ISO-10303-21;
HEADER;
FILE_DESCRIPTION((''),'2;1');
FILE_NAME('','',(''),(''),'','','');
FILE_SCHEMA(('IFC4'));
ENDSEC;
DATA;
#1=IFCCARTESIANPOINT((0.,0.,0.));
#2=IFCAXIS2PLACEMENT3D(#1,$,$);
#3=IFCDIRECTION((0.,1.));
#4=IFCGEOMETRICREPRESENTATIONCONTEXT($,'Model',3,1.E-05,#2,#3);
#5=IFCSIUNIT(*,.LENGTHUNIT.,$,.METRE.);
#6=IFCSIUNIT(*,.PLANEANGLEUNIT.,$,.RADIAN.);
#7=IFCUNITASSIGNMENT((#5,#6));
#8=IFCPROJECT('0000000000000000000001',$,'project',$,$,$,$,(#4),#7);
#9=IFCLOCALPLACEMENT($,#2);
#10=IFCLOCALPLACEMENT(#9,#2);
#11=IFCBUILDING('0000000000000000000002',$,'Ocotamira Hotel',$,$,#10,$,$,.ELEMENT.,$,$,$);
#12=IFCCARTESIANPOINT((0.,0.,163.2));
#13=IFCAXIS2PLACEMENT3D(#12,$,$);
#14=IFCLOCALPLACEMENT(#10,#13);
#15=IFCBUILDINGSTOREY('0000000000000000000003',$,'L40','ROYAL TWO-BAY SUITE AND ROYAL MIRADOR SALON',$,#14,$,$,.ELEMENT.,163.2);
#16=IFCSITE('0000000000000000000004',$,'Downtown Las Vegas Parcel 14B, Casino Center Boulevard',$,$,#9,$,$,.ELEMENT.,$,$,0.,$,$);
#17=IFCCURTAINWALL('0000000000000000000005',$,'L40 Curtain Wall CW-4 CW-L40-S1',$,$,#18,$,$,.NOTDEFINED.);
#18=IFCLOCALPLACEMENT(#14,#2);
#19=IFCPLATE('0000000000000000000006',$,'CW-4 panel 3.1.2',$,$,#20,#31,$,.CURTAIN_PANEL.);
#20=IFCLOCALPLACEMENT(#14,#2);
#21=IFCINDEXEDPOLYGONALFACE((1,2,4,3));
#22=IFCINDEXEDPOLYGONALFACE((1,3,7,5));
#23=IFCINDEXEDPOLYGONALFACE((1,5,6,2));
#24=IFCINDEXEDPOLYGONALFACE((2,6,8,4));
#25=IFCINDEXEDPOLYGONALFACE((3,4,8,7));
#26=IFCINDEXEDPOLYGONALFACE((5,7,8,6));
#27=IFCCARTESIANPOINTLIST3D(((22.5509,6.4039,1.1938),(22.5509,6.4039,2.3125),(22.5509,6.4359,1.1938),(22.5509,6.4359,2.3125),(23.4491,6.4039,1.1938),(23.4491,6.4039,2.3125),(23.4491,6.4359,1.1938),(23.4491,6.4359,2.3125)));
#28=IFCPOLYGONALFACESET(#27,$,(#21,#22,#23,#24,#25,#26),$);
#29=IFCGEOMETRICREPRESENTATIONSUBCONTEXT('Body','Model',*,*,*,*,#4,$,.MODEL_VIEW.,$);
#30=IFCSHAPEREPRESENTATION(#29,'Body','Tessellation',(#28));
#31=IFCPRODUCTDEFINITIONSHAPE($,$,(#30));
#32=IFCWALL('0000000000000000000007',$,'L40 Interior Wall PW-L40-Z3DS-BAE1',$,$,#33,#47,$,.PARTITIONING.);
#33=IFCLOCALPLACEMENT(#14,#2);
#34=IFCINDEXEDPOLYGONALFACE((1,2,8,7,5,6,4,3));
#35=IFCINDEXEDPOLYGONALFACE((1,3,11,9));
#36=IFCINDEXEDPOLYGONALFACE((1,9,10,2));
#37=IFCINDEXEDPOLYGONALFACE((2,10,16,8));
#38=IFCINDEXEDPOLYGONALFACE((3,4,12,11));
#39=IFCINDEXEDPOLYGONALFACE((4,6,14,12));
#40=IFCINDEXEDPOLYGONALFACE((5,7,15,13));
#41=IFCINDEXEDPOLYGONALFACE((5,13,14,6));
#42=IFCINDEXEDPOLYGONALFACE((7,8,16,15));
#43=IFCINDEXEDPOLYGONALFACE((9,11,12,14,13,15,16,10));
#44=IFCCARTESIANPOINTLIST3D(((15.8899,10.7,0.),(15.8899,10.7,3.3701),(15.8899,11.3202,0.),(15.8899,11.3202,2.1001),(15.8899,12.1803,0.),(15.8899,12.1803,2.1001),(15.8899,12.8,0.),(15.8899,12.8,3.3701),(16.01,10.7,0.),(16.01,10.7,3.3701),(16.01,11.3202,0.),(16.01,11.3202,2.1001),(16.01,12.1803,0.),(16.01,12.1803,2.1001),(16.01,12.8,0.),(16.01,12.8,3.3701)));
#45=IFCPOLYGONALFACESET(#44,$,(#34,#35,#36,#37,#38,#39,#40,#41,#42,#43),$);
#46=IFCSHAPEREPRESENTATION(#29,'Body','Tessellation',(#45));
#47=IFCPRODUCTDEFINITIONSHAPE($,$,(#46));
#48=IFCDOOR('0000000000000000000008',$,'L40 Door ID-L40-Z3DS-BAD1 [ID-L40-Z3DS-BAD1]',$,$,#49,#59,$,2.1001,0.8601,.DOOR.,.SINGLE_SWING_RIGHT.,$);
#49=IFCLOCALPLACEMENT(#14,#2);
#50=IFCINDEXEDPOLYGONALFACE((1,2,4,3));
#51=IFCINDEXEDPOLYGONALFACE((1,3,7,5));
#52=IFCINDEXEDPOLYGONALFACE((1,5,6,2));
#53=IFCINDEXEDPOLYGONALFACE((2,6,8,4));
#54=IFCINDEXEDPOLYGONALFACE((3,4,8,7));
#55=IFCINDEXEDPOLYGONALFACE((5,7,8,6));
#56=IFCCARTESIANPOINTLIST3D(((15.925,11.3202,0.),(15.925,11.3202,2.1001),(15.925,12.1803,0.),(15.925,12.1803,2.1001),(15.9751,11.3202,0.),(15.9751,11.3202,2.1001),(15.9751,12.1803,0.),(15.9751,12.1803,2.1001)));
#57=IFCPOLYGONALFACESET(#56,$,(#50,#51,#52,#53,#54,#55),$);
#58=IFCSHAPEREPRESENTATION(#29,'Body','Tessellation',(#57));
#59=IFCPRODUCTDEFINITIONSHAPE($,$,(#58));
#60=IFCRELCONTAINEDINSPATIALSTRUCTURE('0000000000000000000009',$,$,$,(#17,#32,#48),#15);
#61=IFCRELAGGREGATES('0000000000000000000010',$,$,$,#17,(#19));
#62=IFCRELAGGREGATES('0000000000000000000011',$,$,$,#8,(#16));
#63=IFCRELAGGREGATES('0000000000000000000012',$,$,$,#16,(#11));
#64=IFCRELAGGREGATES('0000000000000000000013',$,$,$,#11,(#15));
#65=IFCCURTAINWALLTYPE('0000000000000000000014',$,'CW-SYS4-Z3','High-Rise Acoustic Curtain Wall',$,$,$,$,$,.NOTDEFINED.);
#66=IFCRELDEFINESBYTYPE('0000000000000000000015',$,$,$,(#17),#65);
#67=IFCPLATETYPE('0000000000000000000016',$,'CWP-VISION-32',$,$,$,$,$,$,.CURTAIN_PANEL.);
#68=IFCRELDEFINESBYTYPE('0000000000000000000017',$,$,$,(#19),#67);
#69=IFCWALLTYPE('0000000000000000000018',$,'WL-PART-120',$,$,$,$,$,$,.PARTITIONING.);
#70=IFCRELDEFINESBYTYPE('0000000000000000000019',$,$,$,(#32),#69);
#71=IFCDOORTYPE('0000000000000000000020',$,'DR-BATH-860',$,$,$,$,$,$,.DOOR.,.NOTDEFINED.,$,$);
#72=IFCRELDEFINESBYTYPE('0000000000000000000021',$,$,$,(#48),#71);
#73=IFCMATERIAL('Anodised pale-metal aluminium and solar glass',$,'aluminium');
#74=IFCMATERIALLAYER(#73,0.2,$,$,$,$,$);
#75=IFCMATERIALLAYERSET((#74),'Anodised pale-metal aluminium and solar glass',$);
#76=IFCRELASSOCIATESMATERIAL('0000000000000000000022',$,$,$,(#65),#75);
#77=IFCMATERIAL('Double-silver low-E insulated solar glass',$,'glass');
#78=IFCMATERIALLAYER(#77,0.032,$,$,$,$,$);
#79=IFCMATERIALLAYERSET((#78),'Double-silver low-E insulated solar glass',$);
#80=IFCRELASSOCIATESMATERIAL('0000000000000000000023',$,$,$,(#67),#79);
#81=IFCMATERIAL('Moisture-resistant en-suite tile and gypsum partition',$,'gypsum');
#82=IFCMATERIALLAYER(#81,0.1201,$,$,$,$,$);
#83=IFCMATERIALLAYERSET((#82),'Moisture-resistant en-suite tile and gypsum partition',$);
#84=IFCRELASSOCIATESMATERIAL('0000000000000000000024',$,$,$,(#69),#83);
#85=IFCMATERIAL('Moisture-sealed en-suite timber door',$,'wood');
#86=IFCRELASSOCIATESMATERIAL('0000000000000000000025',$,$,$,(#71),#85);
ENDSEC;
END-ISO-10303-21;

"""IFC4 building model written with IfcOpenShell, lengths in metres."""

from ifc_helpers import new_model, si_unit, direction, frame, frame_2d, origin, origin_2d, place, context, subcontext, project, spatial, rectangle, extrude, source, transform, mapped, material, layer, layer_set, type_object, element, fill, aggregate, save


model = new_model("IFC4")

# Units and contexts
model_context = context("Model", 3, precision=1e-05, world=origin(), true_north=direction((0.0, 1.0)))
body_context = subcontext(model_context, "Body", "Model", "MODEL_VIEW")
ifc_project = project(units=[si_unit("LENGTHUNIT", "METRE"), si_unit("PLANEANGLEUNIT", "RADIAN")], contexts=[model_context])

# Site, building, storey
site_placement = place(None, origin())
site = spatial("IfcSite", under=ifc_project, at=site_placement, Name="Downtown Las Vegas Parcel 14B, Casino Center Boulevard", CompositionType="ELEMENT", RefElevation=0.0)
building_placement = place(site_placement, origin())
building = spatial("IfcBuilding", under=site, at=building_placement, Name="Ocotamira Hotel", CompositionType="ELEMENT")
storey_placement = place(building_placement, frame((0.0, 0.0, 163.2)))
storey = spatial("IfcBuildingStorey", under=building, at=storey_placement, Name="L40", Description="ROYAL TWO-BAY SUITE AND ROYAL MIRADOR SALON", CompositionType="ELEMENT", Elevation=163.2)

# Curtain wall
ifc_material_1 = material(Name="Anodised pale-metal aluminium and solar glass", Category="aluminium")
ifc_layer_1 = layer(ifc_material_1, 0.2)
ifc_layer_set_1 = layer_set([ifc_layer_1], Name="Anodised pale-metal aluminium and solar glass")
curtain_wall_type = type_object("IfcCurtainWallType", Name="CW-SYS4-Z3", Description="High-Rise Acoustic Curtain Wall", PredefinedType="NOTDEFINED", material=ifc_layer_set_1)
curtain_wall_placement = place(storey_placement, origin())
curtain_wall = element("IfcCurtainWall", 1, at=curtain_wall_placement, inside=storey, type_object=curtain_wall_type, Name="L40 Curtain Wall CW-4 CW-L40-S1", PredefinedType="NOTDEFINED")

# Plate
ifc_material_2 = material(Name="Double-silver low-E insulated solar glass", Category="glass")
ifc_layer_2 = layer(ifc_material_2, 0.032)
ifc_layer_set_2 = layer_set([ifc_layer_2], Name="Double-silver low-E insulated solar glass")
plate_type_1 = type_object("IfcPlateType", Name="CWP-VISION-32", PredefinedType="CURTAIN_PANEL", material=ifc_layer_set_2)
shared_shape_1 = source(origin(), body_context, "Body", "SweptSolid", [
    extrude(rectangle(XDim=0.8982, YDim=0.032, at=origin_2d()), origin(), (0.0, 0.0, 1.0), 1.1187),
])
plate_1_placement = place(storey_placement, frame((23.0, 6.4199, 1.1938), z_axis=(0.0, 0.0, 1.0), x_axis=(1.0, 0.0, 0.0)))
plate_1 = element("IfcPlate", 2, at=plate_1_placement, type_object=plate_type_1, Name="CW-4 panel 3.1.2", PredefinedType="CURTAIN_PANEL", context=body_context, shape_type="MappedRepresentation", body=[
    mapped(shared_shape_1, transform((0.0, 0.0, 0.0), scale=1.0)),
])
aggregate(curtain_wall, [plate_1])

# Wall, opening, door
ifc_material_3 = material(Name="Moisture-resistant en-suite tile and gypsum partition", Category="gypsum")
ifc_layer_3 = layer(ifc_material_3, 0.1201)
ifc_layer_set_3 = layer_set([ifc_layer_3], Name="Moisture-resistant en-suite tile and gypsum partition")
wall_type = type_object("IfcWallType", Name="WL-PART-120", PredefinedType="PARTITIONING", material=ifc_layer_set_3)
wall_placement = place(storey_placement, frame((15.95, 10.7, 0.0), z_axis=(0.0, 0.0, 1.0), x_axis=(0.0, 1.0, 0.0)))
wall = element("IfcWall", 3, at=wall_placement, inside=storey, type_object=wall_type, Name="L40 Interior Wall PW-L40-Z3DS-BAE1", PredefinedType="PARTITIONING", context=body_context, shape_type="SweptSolid", body=[
    extrude(rectangle(XDim=2.1001, YDim=0.1201, at=frame_2d((1.05, 0.0))), origin(), (0.0, 0.0, 1.0), 3.3701),
])
opening_placement = place(wall_placement, frame((0.6201, 0.0, 0.0)))
opening = element("IfcOpeningElement", 4, at=opening_placement, cuts=wall, PredefinedType="OPENING", context=body_context, shape_type="SweptSolid", body=[
    extrude(rectangle(XDim=0.8601, YDim=2.1001, at=frame_2d((0.4302, 1.05))), frame((0.0, 0.0701, 0.0), z_axis=(0.0, -1.0, 0.0), x_axis=(1.0, 0.0, 0.0)), (0.0, 0.0, 1.0), 0.1401),
])
ifc_material_4 = material(Name="Moisture-sealed en-suite timber door", Category="wood")
door_type = type_object("IfcDoorType", Name="DR-BATH-860", OperationType="NOTDEFINED", PredefinedType="DOOR", material=ifc_material_4)
shared_shape_2 = source(origin(), body_context, "Body", "SweptSolid", [
    extrude(rectangle(XDim=0.8601, YDim=2.1001, at=frame_2d((0.4302, 1.05))), frame((0.0, 0.0249, 0.0), z_axis=(0.0, -1.0, 0.0), x_axis=(1.0, 0.0, 0.0)), (0.0, 0.0, 1.0), 0.05),
])
door_placement = place(opening_placement, origin())
door = element("IfcDoor", 5, at=door_placement, inside=storey, type_object=door_type, Name="L40 Door ID-L40-Z3DS-BAD1 [ID-L40-Z3DS-BAD1]", OperationType="SINGLE_SWING_RIGHT", OverallHeight=2.1001, OverallWidth=0.8601, PredefinedType="DOOR", context=body_context, shape_type="MappedRepresentation", body=[
    mapped(shared_shape_2, transform((0.0, 0.0, 0.0), scale=1.0)),
])
fill(opening, door)

save(model, "model.ifc")
